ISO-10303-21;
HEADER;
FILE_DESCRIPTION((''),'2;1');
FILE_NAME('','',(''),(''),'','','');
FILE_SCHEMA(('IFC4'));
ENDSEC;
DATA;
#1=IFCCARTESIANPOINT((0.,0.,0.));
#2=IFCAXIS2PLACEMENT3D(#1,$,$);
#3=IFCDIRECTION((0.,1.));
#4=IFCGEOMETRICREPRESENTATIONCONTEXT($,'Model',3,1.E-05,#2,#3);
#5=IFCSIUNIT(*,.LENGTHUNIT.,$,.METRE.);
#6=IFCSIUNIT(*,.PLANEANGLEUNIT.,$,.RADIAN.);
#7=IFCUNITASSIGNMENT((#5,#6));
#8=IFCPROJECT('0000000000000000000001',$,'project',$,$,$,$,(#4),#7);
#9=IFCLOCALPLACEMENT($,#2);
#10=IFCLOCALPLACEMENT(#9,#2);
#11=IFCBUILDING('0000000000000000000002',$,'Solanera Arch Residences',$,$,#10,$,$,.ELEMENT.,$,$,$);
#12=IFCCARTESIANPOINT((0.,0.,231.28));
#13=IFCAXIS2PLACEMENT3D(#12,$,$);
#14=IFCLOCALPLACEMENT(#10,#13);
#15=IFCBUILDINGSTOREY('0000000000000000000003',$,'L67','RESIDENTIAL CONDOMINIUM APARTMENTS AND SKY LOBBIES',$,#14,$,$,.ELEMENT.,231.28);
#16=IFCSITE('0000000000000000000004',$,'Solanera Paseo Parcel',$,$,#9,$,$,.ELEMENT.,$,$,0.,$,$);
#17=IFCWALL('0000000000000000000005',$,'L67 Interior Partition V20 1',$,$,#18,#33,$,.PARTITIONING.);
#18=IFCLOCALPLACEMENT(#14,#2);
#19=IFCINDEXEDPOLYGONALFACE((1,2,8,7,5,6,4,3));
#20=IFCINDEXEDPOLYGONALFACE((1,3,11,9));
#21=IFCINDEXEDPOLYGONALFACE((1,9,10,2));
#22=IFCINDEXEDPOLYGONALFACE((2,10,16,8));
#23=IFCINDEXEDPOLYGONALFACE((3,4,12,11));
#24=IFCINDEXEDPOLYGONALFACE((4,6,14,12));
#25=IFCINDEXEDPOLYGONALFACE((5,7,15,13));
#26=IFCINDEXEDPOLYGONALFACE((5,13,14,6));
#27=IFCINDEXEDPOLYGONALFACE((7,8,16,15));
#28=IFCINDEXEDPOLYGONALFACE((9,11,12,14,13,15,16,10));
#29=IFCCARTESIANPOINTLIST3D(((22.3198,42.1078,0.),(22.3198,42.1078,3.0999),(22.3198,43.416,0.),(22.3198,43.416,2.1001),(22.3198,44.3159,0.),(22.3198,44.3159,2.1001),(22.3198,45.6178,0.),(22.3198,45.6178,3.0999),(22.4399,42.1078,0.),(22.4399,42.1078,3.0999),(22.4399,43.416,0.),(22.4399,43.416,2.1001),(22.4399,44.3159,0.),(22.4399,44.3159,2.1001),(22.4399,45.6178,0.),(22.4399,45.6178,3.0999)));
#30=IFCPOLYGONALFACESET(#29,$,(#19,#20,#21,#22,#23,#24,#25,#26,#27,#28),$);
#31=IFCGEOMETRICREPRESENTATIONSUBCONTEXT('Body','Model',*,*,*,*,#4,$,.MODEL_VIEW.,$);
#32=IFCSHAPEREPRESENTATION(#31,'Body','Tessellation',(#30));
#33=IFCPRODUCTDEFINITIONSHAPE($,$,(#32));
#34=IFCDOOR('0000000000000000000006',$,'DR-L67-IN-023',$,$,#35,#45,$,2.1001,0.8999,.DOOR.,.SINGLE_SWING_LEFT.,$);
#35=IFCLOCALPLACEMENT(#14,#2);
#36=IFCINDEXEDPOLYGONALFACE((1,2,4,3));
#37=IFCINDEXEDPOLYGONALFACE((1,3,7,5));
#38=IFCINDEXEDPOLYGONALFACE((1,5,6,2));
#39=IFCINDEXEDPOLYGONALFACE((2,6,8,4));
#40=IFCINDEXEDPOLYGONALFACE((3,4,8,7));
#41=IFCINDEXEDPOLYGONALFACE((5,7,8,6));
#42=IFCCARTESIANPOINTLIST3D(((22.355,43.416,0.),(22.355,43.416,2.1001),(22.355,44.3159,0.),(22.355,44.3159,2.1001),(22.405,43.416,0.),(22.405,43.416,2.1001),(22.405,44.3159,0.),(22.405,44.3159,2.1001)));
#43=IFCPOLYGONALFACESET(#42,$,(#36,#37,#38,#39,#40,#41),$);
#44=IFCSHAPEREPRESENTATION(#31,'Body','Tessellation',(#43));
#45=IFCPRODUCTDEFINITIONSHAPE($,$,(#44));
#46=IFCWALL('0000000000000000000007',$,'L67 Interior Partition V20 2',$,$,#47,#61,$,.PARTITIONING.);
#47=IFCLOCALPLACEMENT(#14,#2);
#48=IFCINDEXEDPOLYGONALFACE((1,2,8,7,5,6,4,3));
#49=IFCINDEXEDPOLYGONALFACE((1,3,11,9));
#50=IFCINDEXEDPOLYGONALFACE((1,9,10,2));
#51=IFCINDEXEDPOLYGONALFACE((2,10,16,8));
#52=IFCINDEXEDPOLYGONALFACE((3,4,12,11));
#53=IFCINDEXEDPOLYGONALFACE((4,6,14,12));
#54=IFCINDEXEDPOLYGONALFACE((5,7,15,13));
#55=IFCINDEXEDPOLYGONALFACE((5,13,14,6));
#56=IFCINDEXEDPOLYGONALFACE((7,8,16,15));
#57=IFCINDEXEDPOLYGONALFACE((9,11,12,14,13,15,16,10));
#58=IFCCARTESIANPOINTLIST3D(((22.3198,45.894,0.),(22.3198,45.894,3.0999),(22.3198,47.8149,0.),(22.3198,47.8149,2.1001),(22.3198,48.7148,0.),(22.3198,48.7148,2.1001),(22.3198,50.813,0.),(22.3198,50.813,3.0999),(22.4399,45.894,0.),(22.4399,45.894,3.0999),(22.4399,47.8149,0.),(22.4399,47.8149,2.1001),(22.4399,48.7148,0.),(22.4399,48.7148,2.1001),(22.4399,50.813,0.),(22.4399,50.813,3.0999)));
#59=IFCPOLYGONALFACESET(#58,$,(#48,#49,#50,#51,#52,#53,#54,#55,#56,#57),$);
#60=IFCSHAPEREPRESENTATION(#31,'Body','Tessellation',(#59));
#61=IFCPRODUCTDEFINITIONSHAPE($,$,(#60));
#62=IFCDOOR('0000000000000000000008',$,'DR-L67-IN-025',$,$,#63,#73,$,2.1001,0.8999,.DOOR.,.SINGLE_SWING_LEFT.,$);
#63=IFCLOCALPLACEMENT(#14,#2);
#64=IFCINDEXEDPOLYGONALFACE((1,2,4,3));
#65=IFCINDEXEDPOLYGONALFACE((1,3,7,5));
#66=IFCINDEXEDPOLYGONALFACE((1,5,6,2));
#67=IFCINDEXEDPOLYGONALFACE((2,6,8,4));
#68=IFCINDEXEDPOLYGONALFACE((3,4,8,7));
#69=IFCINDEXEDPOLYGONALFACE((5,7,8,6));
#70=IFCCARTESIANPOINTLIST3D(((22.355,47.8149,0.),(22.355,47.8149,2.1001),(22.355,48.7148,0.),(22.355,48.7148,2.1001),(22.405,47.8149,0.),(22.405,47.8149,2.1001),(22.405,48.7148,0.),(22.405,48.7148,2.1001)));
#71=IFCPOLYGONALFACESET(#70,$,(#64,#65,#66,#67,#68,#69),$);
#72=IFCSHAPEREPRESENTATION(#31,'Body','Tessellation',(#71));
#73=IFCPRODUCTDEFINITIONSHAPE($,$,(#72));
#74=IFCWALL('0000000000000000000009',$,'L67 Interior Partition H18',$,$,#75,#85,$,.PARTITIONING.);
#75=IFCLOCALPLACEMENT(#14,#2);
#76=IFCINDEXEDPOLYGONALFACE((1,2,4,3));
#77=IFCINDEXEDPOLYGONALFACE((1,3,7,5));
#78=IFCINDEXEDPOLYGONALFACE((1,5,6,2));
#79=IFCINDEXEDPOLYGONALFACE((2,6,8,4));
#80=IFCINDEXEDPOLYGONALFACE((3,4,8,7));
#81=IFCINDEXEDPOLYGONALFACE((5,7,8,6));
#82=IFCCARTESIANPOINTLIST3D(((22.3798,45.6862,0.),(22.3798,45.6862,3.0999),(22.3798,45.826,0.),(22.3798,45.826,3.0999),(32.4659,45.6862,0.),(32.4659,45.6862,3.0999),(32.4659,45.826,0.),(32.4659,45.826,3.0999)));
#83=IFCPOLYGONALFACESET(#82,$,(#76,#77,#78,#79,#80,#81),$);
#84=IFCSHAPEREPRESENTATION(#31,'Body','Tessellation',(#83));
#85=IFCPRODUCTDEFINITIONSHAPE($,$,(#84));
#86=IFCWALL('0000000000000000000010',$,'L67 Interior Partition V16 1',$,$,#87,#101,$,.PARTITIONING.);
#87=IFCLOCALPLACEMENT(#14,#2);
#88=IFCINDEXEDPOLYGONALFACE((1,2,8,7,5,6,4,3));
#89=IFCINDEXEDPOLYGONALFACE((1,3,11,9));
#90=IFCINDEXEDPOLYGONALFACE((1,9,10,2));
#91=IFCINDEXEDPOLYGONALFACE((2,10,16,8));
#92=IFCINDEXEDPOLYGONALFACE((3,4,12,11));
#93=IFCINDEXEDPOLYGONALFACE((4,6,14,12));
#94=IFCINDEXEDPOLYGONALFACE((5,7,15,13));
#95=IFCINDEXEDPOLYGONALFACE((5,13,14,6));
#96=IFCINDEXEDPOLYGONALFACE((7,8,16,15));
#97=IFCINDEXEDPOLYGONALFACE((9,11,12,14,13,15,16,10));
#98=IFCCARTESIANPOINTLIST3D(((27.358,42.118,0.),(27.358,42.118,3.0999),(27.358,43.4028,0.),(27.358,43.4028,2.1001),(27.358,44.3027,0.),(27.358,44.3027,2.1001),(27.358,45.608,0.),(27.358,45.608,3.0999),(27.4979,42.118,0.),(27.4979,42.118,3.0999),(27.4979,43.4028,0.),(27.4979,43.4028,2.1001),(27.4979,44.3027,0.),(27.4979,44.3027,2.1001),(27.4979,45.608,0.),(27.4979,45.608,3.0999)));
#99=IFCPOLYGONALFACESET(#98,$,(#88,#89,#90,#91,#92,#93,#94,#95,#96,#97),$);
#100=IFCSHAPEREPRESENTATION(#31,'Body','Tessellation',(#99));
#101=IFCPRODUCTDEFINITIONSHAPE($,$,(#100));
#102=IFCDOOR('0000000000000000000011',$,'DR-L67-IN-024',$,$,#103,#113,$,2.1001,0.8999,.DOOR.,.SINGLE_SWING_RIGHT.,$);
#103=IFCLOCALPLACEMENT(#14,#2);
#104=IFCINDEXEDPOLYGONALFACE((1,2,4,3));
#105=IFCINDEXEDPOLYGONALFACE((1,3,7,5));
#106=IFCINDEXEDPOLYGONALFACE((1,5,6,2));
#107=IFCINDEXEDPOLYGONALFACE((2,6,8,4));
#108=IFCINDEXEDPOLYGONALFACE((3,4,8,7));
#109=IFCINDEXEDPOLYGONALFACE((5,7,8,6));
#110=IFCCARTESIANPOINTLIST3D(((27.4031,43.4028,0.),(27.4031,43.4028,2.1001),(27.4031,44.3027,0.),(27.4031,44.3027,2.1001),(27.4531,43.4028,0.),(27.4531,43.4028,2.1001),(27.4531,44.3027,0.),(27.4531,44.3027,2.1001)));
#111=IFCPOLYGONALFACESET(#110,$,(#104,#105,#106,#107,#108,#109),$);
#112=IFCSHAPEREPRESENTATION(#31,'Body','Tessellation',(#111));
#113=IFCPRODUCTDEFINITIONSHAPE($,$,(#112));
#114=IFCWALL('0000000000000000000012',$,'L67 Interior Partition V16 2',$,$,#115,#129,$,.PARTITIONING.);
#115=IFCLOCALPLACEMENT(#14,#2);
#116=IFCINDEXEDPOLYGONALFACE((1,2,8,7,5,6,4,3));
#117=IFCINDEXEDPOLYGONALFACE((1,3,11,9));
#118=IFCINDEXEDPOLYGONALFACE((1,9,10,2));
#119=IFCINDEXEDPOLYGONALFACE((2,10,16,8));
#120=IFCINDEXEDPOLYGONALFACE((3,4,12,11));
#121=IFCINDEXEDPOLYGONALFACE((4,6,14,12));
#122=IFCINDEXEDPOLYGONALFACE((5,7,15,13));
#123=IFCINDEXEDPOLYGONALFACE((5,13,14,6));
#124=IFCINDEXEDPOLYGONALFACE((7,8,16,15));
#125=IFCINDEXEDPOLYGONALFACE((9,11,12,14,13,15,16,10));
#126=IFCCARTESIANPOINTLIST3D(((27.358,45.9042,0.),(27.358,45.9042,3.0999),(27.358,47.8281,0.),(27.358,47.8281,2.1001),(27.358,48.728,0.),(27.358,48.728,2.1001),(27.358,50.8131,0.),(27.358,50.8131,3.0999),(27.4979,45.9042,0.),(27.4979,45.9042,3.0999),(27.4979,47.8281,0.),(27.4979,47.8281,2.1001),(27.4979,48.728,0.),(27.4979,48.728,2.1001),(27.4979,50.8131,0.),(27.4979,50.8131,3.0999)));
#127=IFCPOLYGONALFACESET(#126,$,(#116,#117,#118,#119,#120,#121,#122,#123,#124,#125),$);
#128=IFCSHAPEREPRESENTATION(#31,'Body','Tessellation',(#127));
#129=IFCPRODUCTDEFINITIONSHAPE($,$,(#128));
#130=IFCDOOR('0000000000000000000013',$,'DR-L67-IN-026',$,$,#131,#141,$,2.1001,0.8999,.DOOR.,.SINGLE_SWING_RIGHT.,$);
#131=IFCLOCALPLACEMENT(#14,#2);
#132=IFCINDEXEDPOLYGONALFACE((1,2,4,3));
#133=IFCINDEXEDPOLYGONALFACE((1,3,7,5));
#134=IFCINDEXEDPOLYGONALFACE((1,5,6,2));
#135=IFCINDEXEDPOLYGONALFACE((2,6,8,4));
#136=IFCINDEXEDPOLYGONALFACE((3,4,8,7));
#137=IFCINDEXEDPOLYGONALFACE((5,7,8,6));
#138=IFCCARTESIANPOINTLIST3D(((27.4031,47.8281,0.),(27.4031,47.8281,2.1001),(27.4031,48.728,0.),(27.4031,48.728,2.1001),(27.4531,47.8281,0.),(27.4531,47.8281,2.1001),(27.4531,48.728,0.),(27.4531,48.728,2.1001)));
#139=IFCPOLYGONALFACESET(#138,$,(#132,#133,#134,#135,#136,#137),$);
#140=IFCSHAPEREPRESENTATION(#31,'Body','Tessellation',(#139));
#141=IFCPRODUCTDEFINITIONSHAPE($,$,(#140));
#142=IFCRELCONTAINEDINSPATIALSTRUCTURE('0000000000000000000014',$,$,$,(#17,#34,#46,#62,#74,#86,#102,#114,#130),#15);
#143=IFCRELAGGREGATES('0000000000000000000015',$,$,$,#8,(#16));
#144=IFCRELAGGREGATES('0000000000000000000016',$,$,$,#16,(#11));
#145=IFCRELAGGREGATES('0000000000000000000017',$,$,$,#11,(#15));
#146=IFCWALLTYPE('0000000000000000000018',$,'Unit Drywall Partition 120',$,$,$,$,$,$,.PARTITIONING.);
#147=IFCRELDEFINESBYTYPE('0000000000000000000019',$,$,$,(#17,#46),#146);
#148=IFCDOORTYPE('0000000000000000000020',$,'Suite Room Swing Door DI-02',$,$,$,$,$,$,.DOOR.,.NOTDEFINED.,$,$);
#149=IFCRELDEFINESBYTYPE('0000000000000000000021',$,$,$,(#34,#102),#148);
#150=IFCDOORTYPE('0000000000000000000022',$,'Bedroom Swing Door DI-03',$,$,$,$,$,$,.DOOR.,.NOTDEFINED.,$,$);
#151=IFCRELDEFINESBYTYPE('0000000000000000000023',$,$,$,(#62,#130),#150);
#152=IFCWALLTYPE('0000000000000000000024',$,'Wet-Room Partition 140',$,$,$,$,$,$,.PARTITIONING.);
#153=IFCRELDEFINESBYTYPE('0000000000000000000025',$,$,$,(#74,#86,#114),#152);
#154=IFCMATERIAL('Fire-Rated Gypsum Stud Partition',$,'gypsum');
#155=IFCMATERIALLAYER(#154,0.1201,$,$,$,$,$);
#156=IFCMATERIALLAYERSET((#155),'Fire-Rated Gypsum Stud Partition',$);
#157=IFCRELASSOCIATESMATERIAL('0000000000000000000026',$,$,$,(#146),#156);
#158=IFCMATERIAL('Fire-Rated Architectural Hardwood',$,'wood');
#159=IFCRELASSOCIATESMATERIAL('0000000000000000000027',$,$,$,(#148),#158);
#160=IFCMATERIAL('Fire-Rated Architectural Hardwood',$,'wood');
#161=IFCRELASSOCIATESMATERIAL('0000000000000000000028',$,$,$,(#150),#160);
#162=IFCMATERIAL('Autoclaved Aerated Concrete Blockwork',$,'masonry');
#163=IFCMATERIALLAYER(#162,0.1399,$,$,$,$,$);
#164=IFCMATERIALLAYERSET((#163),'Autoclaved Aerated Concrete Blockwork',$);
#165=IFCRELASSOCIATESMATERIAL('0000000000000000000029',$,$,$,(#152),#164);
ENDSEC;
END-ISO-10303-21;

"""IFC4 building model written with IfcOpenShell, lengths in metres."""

from ifc_helpers import new_model, si_unit, direction, frame, frame_2d, origin, place, context, subcontext, project, spatial, rectangle, extrude, material, layer, layer_set, type_object, element, fill, save


model = new_model("IFC4")

# Units and contexts
model_context = context("Model", 3, precision=1e-05, world=origin(), true_north=direction((0.0, 1.0)))
body_context = subcontext(model_context, "Body", "Model", "MODEL_VIEW")
ifc_project = project(units=[si_unit("LENGTHUNIT", "METRE"), si_unit("PLANEANGLEUNIT", "RADIAN")], contexts=[model_context])

# Site, building, storey
site_placement = place(None, origin())
site = spatial("IfcSite", under=ifc_project, at=site_placement, Name="Solanera Paseo Parcel", CompositionType="ELEMENT", RefElevation=0.0)
building_placement = place(site_placement, origin())
building = spatial("IfcBuilding", under=site, at=building_placement, Name="Solanera Arch Residences", CompositionType="ELEMENT")
storey_placement = place(building_placement, frame((0.0, 0.0, 231.28)))
storey = spatial("IfcBuildingStorey", under=building, at=storey_placement, Name="L67", Description="RESIDENTIAL CONDOMINIUM APARTMENTS AND SKY LOBBIES", CompositionType="ELEMENT", Elevation=231.28)

# Walls, openings, doors
ifc_material_1 = material(Name="Fire-Rated Gypsum Stud Partition", Category="gypsum")
ifc_layer_1 = layer(ifc_material_1, 0.1201)
ifc_layer_set_1 = layer_set([ifc_layer_1], Name="Fire-Rated Gypsum Stud Partition")
wall_type_1 = type_object("IfcWallType", Name="Unit Drywall Partition 120", PredefinedType="PARTITIONING", material=ifc_layer_set_1)
wall_1_placement = place(storey_placement, frame((22.3799, 42.1079, 0.0), z_axis=(0.0, 0.0, 1.0), x_axis=(0.0, 1.0, 0.0)))
wall_1 = element("IfcWall", 1, at=wall_1_placement, inside=storey, type_object=wall_type_1, Name="L67 Interior Partition V20 1", PredefinedType="PARTITIONING", context=body_context, shape_type="SweptSolid", body=[
    extrude(rectangle(XDim=3.51, YDim=0.1201, at=frame_2d((1.7549, 0.0))), origin(), (0.0, 0.0, 1.0), 3.0999),
])
opening_1_placement = place(wall_1_placement, frame((1.3081, 0.0, 0.0)))
opening_1 = element("IfcOpeningElement", 2, at=opening_1_placement, cuts=wall_1, PredefinedType="OPENING", context=body_context, shape_type="SweptSolid", body=[
    extrude(rectangle(XDim=0.8999, YDim=2.1001, at=frame_2d((0.45, 1.05))), frame((0.0, 0.0701, 0.0), z_axis=(0.0, -1.0, 0.0), x_axis=(1.0, 0.0, 0.0)), (0.0, 0.0, 1.0), 0.1401),
])
ifc_material_2 = material(Name="Fire-Rated Architectural Hardwood", Category="wood")
door_type_1 = type_object("IfcDoorType", Name="Suite Room Swing Door DI-02", OperationType="NOTDEFINED", PredefinedType="DOOR", material=ifc_material_2)
door_1_placement = place(opening_1_placement, origin())
door_1 = element("IfcDoor", 3, at=door_1_placement, inside=storey, type_object=door_type_1, Name="DR-L67-IN-023", OperationType="SINGLE_SWING_LEFT", OverallHeight=2.1001, OverallWidth=0.8999, PredefinedType="DOOR", context=body_context, shape_type="SweptSolid", body=[
    extrude(rectangle(XDim=0.8999, YDim=2.1001, at=frame_2d((0.45, 1.05))), frame((0.0, 0.0249, 0.0), z_axis=(0.0, -1.0, 0.0), x_axis=(1.0, 0.0, 0.0)), (0.0, 0.0, 1.0), 0.05),
])
fill(opening_1, door_1)
wall_2_placement = place(storey_placement, frame((22.3799, 45.894, 0.0), z_axis=(0.0, 0.0, 1.0), x_axis=(0.0, 1.0, 0.0)))
wall_2 = element("IfcWall", 4, at=wall_2_placement, inside=storey, type_object=wall_type_1, Name="L67 Interior Partition V20 2", PredefinedType="PARTITIONING", context=body_context, shape_type="SweptSolid", body=[
    extrude(rectangle(XDim=4.9189, YDim=0.1201, at=frame_2d((2.4595, 0.0))), origin(), (0.0, 0.0, 1.0), 3.0999),
])
opening_2_placement = place(wall_2_placement, frame((1.9209, 0.0, 0.0)))
opening_2 = element("IfcOpeningElement", 5, at=opening_2_placement, cuts=wall_2, PredefinedType="OPENING", context=body_context, shape_type="SweptSolid", body=[
    extrude(rectangle(XDim=0.8999, YDim=2.1001, at=frame_2d((0.45, 1.05))), frame((0.0, 0.0701, 0.0), z_axis=(0.0, -1.0, 0.0), x_axis=(1.0, 0.0, 0.0)), (0.0, 0.0, 1.0), 0.1401),
])
ifc_material_3 = material(Name="Fire-Rated Architectural Hardwood", Category="wood")
door_type_2 = type_object("IfcDoorType", Name="Bedroom Swing Door DI-03", OperationType="NOTDEFINED", PredefinedType="DOOR", material=ifc_material_3)
door_2_placement = place(opening_2_placement, origin())
door_2 = element("IfcDoor", 6, at=door_2_placement, inside=storey, type_object=door_type_2, Name="DR-L67-IN-025", OperationType="SINGLE_SWING_LEFT", OverallHeight=2.1001, OverallWidth=0.8999, PredefinedType="DOOR", context=body_context, shape_type="SweptSolid", body=[
    extrude(rectangle(XDim=0.8999, YDim=2.1001, at=frame_2d((0.45, 1.05))), frame((0.0, 0.0249, 0.0), z_axis=(0.0, -1.0, 0.0), x_axis=(1.0, 0.0, 0.0)), (0.0, 0.0, 1.0), 0.05),
])
fill(opening_2, door_2)

# Wall
ifc_material_4 = material(Name="Autoclaved Aerated Concrete Blockwork", Category="masonry")
ifc_layer_2 = layer(ifc_material_4, 0.1399)
ifc_layer_set_2 = layer_set([ifc_layer_2], Name="Autoclaved Aerated Concrete Blockwork")
wall_type_2 = type_object("IfcWallType", Name="Wet-Room Partition 140", PredefinedType="PARTITIONING", material=ifc_layer_set_2)
wall_3_placement = place(storey_placement, frame((22.3799, 45.7561, 0.0), z_axis=(0.0, 0.0, 1.0), x_axis=(1.0, 0.0, 0.0)))
element("IfcWall", 7, at=wall_3_placement, inside=storey, type_object=wall_type_2, Name="L67 Interior Partition H18", PredefinedType="PARTITIONING", context=body_context, shape_type="SweptSolid", body=[
    extrude(rectangle(XDim=10.0862, YDim=0.1399, at=frame_2d((5.043, 0.0))), origin(), (0.0, 0.0, 1.0), 3.0999),
])

# Walls, openings, doors
wall_4_placement = place(storey_placement, frame((27.428, 42.1179, 0.0), z_axis=(0.0, 0.0, 1.0), x_axis=(0.0, 1.0, 0.0)))
wall_4 = element("IfcWall", 8, at=wall_4_placement, inside=storey, type_object=wall_type_2, Name="L67 Interior Partition V16 1", PredefinedType="PARTITIONING", context=body_context, shape_type="SweptSolid", body=[
    extrude(rectangle(XDim=3.49, YDim=0.1399, at=frame_2d((1.7451, 0.0))), origin(), (0.0, 0.0, 1.0), 3.0999),
])
opening_3_placement = place(wall_4_placement, frame((1.2849, 0.0, 0.0)))
opening_3 = element("IfcOpeningElement", 9, at=opening_3_placement, cuts=wall_4, PredefinedType="OPENING", context=body_context, shape_type="SweptSolid", body=[
    extrude(rectangle(XDim=0.8999, YDim=2.1001, at=frame_2d((0.45, 1.05))), frame((0.0, 0.0798, 0.0), z_axis=(0.0, -1.0, 0.0), x_axis=(1.0, 0.0, 0.0)), (0.0, 0.0, 1.0), 0.1599),
])
door_3_placement = place(opening_3_placement, origin())
door_3 = element("IfcDoor", 10, at=door_3_placement, inside=storey, type_object=door_type_1, Name="DR-L67-IN-024", OperationType="SINGLE_SWING_RIGHT", OverallHeight=2.1001, OverallWidth=0.8999, PredefinedType="DOOR", context=body_context, shape_type="SweptSolid", body=[
    extrude(rectangle(XDim=0.8999, YDim=2.1001, at=frame_2d((0.45, 1.05))), frame((0.0, 0.0249, 0.0), z_axis=(0.0, -1.0, 0.0), x_axis=(1.0, 0.0, 0.0)), (0.0, 0.0, 1.0), 0.05),
])
fill(opening_3, door_3)
wall_5_placement = place(storey_placement, frame((27.428, 45.9041, 0.0), z_axis=(0.0, 0.0, 1.0), x_axis=(0.0, 1.0, 0.0)))
wall_5 = element("IfcWall", 11, at=wall_5_placement, inside=storey, type_object=wall_type_2, Name="L67 Interior Partition V16 2", PredefinedType="PARTITIONING", context=body_context, shape_type="SweptSolid", body=[
    extrude(rectangle(XDim=4.9089, YDim=0.1399, at=frame_2d((2.4546, 0.0))), origin(), (0.0, 0.0, 1.0), 3.0999),
])
opening_4_placement = place(wall_5_placement, frame((1.9241, 0.0, 0.0)))
opening_4 = element("IfcOpeningElement", 12, at=opening_4_placement, cuts=wall_5, PredefinedType="OPENING", context=body_context, shape_type="SweptSolid", body=[
    extrude(rectangle(XDim=0.8999, YDim=2.1001, at=frame_2d((0.45, 1.05))), frame((0.0, 0.0798, 0.0), z_axis=(0.0, -1.0, 0.0), x_axis=(1.0, 0.0, 0.0)), (0.0, 0.0, 1.0), 0.1599),
])
door_4_placement = place(opening_4_placement, origin())
door_4 = element("IfcDoor", 13, at=door_4_placement, inside=storey, type_object=door_type_2, Name="DR-L67-IN-026", OperationType="SINGLE_SWING_RIGHT", OverallHeight=2.1001, OverallWidth=0.8999, PredefinedType="DOOR", context=body_context, shape_type="SweptSolid", body=[
    extrude(rectangle(XDim=0.8999, YDim=2.1001, at=frame_2d((0.45, 1.05))), frame((0.0, 0.0249, 0.0), z_axis=(0.0, -1.0, 0.0), x_axis=(1.0, 0.0, 0.0)), (0.0, 0.0, 1.0), 0.05),
])
fill(opening_4, door_4)

save(model, "model.ifc")
